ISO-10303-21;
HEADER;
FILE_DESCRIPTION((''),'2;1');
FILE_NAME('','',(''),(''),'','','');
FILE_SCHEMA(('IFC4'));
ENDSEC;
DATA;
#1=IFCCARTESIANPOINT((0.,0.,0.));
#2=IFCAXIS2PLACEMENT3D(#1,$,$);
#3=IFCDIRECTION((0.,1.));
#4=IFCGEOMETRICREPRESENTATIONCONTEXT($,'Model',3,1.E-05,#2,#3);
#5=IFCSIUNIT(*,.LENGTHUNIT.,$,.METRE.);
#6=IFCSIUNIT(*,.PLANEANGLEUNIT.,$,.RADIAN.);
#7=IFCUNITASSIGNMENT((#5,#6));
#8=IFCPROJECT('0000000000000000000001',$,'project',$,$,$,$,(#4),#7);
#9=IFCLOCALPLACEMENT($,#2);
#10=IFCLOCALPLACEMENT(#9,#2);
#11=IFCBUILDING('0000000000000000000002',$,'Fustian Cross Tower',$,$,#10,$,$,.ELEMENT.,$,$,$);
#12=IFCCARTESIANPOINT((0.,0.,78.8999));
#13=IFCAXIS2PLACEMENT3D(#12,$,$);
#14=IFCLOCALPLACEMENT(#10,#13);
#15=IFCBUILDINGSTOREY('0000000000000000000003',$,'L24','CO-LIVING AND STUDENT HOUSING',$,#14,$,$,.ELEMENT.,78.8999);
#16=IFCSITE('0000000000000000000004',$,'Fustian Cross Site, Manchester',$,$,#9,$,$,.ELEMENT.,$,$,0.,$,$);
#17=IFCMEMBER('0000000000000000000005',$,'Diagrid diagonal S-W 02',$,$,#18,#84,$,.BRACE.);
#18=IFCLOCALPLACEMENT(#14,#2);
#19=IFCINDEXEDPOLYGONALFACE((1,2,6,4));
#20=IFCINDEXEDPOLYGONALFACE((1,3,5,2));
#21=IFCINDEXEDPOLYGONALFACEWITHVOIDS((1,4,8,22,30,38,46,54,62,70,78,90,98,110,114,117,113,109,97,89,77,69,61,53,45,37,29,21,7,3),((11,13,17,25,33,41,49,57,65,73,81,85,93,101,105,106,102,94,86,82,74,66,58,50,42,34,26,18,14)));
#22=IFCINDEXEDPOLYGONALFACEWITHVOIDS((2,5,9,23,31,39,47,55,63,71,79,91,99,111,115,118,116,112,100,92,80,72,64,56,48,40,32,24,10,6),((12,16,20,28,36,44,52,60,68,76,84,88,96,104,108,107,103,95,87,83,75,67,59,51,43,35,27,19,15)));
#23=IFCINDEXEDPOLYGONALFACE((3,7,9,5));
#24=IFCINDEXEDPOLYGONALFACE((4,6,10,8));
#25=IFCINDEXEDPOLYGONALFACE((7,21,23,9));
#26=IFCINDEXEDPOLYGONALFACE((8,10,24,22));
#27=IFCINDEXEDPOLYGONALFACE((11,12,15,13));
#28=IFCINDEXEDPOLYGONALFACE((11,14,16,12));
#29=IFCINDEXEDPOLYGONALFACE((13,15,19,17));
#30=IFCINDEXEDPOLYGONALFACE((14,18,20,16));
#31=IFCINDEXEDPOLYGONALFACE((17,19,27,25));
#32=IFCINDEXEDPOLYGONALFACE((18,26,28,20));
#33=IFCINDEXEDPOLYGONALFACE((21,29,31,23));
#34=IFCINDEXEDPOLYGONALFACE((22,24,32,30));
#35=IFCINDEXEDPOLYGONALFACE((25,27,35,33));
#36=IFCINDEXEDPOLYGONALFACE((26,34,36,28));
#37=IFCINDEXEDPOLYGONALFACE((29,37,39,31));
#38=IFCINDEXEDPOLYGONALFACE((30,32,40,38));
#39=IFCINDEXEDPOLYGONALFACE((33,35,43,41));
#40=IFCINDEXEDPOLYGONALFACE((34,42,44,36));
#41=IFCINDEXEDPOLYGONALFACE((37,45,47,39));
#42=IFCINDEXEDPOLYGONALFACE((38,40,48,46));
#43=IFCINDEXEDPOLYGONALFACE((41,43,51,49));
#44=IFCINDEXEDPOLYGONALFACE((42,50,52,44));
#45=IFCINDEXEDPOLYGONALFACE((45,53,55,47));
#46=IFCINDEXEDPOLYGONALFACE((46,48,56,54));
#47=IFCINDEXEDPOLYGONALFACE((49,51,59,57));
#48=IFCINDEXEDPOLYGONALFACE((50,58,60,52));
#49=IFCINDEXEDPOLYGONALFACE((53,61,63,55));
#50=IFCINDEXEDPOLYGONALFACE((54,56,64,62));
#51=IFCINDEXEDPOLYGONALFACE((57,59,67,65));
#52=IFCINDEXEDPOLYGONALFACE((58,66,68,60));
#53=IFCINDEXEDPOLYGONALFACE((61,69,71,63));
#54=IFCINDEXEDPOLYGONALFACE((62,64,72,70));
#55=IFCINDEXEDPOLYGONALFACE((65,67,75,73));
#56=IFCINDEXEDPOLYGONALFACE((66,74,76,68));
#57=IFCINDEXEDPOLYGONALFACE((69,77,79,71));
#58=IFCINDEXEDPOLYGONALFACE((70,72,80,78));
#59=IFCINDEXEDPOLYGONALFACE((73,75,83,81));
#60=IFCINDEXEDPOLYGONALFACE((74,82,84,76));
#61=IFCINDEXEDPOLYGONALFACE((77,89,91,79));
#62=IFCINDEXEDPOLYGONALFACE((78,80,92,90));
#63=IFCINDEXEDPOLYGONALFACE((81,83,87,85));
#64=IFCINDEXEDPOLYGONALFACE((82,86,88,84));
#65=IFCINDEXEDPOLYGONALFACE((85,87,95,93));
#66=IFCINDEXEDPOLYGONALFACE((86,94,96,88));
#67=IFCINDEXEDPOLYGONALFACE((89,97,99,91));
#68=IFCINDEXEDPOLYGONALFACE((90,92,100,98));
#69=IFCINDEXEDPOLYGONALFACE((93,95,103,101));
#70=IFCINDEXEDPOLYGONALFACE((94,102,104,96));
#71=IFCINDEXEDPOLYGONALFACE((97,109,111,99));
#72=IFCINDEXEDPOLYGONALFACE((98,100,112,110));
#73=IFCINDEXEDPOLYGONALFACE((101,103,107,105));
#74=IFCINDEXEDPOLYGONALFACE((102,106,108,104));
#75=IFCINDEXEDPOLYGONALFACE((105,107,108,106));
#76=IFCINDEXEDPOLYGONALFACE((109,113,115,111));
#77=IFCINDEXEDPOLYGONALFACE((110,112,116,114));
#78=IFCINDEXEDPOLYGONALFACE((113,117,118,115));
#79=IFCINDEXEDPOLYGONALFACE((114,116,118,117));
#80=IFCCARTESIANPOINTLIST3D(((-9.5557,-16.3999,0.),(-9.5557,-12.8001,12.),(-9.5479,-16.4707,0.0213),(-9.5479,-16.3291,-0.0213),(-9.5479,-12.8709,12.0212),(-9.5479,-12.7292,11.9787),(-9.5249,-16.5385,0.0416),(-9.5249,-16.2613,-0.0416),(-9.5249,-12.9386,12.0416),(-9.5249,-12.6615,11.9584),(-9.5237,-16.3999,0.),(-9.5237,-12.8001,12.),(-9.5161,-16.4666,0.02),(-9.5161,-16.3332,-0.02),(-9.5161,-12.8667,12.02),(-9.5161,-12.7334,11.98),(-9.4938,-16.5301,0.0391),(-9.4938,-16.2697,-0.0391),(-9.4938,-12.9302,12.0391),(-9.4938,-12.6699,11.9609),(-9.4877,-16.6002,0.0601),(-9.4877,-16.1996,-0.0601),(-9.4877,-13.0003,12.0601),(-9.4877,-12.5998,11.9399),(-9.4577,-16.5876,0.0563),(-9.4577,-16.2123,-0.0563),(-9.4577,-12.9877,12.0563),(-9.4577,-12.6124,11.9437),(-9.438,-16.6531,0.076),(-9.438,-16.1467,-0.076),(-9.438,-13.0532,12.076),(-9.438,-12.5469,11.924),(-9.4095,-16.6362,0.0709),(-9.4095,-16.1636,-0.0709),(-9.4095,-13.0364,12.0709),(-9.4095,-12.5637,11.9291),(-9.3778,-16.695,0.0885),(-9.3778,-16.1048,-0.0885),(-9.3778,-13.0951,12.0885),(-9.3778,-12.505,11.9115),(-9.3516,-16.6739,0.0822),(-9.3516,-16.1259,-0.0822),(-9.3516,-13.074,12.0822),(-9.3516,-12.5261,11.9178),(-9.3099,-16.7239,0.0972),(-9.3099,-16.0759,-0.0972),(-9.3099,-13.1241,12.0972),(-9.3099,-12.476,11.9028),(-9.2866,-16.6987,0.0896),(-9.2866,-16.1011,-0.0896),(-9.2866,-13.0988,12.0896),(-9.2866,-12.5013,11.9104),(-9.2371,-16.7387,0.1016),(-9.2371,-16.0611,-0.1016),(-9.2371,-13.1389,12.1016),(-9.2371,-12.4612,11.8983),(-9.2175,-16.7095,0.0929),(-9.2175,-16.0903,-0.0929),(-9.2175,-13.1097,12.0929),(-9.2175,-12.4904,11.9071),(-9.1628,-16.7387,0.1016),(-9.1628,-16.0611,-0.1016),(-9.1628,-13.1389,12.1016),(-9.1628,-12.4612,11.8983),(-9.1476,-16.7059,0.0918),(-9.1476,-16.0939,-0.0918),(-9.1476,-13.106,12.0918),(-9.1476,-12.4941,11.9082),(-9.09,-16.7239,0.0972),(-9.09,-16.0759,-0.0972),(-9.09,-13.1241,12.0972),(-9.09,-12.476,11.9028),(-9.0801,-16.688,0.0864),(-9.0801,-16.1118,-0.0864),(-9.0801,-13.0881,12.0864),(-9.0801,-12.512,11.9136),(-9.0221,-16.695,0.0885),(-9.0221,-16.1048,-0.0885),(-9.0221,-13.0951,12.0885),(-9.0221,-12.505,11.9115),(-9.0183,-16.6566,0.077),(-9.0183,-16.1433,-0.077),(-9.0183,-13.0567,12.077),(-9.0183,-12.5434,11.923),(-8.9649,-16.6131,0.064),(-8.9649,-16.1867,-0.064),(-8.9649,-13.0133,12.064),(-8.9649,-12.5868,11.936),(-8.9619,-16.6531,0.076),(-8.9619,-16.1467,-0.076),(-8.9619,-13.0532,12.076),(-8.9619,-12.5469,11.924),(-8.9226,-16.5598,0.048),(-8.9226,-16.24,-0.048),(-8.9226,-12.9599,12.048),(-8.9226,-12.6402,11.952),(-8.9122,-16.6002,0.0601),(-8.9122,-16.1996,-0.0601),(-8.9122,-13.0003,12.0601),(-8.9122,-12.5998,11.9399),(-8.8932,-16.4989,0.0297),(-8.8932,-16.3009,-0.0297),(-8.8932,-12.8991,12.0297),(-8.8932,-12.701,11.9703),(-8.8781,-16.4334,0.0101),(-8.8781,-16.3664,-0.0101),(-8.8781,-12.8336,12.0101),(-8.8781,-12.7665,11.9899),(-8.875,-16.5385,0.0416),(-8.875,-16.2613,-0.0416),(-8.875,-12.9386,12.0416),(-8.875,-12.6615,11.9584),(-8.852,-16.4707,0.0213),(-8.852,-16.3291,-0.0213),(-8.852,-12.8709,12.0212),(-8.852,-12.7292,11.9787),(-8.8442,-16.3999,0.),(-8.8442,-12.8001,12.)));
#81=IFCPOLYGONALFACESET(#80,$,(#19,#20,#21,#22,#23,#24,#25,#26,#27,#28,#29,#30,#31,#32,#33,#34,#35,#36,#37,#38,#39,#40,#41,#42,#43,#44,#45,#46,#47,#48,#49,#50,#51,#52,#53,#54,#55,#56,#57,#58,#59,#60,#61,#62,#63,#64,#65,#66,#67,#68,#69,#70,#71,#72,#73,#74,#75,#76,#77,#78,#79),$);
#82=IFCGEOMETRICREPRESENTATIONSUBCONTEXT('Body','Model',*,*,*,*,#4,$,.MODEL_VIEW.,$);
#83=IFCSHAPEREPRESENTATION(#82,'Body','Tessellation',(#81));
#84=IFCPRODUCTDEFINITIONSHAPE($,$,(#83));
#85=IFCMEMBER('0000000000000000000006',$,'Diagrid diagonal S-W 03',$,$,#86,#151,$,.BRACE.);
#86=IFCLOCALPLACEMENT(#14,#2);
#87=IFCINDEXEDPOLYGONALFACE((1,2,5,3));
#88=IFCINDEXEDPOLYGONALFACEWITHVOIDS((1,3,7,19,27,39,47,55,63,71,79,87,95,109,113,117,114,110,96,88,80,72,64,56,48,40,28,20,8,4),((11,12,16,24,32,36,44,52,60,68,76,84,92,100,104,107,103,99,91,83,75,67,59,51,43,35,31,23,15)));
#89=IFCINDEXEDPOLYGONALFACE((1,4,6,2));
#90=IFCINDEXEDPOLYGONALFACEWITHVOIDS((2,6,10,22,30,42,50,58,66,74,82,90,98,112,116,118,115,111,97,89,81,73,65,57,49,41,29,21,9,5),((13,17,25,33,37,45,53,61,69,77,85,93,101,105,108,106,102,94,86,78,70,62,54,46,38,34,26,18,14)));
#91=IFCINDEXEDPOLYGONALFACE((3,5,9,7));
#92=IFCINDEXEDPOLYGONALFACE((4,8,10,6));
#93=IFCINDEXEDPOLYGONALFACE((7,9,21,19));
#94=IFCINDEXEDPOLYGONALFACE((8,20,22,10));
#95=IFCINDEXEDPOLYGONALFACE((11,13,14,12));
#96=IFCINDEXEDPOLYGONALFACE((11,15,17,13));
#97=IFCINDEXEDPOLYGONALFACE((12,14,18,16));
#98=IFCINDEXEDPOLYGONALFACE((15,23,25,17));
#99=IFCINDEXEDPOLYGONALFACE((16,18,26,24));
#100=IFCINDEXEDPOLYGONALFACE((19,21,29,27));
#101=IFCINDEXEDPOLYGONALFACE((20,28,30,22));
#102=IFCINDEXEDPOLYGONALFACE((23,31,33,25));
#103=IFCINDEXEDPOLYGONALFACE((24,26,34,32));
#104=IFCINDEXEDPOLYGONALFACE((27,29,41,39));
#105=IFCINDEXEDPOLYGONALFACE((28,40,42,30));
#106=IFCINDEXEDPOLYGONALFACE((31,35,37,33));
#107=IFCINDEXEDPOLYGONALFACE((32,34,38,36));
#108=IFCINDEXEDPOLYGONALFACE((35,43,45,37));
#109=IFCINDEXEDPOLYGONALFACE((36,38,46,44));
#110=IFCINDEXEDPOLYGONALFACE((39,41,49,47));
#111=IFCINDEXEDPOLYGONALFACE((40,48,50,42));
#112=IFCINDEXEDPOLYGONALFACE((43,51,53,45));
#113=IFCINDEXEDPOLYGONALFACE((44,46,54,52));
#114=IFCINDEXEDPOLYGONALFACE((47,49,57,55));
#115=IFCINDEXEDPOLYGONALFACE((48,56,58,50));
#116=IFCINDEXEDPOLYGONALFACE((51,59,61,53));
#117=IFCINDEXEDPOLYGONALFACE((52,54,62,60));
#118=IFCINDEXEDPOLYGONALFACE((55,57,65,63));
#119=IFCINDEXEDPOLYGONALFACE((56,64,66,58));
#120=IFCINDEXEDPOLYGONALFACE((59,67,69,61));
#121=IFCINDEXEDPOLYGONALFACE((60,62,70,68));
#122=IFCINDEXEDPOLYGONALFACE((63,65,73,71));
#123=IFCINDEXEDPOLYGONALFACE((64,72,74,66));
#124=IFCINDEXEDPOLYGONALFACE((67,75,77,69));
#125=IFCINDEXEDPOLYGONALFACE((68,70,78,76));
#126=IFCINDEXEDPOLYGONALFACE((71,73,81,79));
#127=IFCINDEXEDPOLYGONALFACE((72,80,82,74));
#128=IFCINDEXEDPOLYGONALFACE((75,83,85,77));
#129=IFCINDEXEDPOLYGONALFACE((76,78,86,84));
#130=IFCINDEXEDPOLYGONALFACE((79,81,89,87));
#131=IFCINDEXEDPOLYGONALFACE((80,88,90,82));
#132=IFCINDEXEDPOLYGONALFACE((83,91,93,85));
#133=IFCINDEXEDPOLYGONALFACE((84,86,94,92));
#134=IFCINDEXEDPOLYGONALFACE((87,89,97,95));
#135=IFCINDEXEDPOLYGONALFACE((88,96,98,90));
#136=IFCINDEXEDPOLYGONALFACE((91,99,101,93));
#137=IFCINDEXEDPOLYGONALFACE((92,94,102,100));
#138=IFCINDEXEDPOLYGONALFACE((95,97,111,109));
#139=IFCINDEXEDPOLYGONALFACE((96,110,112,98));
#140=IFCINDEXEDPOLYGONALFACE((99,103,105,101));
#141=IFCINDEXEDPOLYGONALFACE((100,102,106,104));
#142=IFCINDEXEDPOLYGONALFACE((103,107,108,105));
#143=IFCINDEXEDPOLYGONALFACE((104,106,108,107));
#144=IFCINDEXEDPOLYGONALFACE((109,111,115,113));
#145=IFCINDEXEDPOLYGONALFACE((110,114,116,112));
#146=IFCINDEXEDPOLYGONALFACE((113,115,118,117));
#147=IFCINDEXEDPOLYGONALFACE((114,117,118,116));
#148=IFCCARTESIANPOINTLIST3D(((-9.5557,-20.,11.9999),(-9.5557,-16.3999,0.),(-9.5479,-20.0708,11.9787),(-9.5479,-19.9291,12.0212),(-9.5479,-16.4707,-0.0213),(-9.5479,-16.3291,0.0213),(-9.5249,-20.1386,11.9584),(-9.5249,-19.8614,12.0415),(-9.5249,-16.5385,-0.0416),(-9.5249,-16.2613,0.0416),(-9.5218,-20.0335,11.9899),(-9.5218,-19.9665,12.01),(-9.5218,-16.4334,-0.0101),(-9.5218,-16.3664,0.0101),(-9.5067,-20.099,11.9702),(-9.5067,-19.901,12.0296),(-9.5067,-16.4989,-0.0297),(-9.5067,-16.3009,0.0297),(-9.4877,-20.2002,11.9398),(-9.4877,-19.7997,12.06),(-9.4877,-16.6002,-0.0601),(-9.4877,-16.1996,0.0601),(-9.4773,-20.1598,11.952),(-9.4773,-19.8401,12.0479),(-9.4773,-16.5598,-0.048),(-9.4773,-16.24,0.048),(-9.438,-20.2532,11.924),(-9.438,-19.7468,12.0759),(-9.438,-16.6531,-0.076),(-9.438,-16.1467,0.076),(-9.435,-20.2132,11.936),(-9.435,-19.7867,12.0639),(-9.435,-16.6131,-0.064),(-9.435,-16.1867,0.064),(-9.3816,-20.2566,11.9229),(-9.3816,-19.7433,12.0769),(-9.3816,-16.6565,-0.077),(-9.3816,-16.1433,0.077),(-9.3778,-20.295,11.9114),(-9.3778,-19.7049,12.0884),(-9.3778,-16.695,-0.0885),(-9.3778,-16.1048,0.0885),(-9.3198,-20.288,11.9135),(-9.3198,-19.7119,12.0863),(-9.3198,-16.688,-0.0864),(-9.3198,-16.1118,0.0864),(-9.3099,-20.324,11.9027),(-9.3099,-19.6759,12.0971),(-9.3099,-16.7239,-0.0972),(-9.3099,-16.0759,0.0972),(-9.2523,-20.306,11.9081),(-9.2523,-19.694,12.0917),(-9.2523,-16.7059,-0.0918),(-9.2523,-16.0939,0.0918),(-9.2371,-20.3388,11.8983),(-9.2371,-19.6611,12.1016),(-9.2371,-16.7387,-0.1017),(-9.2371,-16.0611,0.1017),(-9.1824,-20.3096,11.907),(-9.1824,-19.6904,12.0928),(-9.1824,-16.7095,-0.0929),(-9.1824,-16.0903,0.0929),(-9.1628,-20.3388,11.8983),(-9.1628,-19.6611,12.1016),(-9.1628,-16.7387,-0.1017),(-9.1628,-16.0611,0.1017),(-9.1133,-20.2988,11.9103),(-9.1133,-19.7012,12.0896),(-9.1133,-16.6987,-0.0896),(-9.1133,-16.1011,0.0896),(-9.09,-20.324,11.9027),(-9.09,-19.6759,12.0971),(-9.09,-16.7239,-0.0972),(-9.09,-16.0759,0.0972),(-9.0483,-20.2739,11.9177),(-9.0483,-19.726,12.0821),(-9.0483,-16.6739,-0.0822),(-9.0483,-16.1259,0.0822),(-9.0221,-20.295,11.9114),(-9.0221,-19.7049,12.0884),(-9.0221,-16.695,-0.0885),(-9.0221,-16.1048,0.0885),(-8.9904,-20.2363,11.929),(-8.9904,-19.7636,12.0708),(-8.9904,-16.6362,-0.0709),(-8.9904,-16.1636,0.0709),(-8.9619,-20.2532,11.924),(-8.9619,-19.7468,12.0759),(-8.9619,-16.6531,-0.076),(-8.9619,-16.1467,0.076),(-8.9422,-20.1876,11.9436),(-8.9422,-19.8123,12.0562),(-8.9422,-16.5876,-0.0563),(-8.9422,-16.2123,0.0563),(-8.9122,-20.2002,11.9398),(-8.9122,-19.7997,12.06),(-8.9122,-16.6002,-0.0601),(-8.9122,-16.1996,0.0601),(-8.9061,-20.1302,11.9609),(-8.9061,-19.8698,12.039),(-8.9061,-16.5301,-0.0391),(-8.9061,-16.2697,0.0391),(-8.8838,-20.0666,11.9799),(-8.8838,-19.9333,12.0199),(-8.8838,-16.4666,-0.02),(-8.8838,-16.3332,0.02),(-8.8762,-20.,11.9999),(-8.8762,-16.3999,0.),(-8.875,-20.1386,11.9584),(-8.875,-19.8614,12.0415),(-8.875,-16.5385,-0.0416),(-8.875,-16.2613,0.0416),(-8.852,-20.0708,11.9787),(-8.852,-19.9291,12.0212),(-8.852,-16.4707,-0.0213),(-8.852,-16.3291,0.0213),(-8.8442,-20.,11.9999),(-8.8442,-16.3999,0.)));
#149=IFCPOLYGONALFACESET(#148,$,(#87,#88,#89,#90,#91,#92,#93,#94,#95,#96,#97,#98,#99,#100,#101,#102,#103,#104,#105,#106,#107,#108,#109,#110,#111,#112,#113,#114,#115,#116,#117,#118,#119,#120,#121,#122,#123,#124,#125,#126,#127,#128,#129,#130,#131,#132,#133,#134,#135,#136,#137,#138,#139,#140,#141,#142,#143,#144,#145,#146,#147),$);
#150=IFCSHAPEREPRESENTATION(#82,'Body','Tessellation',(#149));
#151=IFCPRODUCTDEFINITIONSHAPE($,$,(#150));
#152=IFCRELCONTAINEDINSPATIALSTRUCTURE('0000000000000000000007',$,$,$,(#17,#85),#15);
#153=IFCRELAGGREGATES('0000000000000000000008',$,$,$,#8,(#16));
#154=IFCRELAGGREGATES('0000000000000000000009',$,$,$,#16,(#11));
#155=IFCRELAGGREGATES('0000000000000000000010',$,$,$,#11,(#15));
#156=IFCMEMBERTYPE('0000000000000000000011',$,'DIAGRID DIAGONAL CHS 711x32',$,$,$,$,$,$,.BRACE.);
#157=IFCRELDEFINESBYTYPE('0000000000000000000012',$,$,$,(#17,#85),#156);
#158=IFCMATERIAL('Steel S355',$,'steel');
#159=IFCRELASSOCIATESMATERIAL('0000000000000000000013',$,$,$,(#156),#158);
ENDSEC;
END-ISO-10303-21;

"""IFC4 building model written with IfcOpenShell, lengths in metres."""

from ifc_helpers import new_model, si_unit, direction, frame, origin, origin_2d, place, context, subcontext, project, spatial, hollow_circle, extrude, material, material_profile, profile_set, type_object, element, save


model = new_model("IFC4")

# Units and contexts
model_context = context("Model", 3, precision=1e-05, world=origin(), true_north=direction((0.0, 1.0)))
body_context = subcontext(model_context, "Body", "Model", "MODEL_VIEW")
ifc_project = project(units=[si_unit("LENGTHUNIT", "METRE"), si_unit("PLANEANGLEUNIT", "RADIAN")], contexts=[model_context])

# Site, building, storey
site_placement = place(None, origin())
site = spatial("IfcSite", under=ifc_project, at=site_placement, Name="Fustian Cross Site, Manchester", CompositionType="ELEMENT", RefElevation=0.0)
building_placement = place(site_placement, origin())
building = spatial("IfcBuilding", under=site, at=building_placement, Name="Fustian Cross Tower", CompositionType="ELEMENT")
storey_placement = place(building_placement, frame((0.0, 0.0, 78.8999)))
storey = spatial("IfcBuildingStorey", under=building, at=storey_placement, Name="L24", Description="CO-LIVING AND STUDENT HOUSING", CompositionType="ELEMENT", Elevation=78.8999)

# Members
ifc_material_1 = material(Name="Steel S355", Category="steel")
ifc_material_profile_1 = material_profile(ifc_material_1, hollow_circle(Radius=0.3557, WallThickness=0.032, at=origin_2d()), Name="CHS 711x32")
ifc_profile_set_1 = profile_set([ifc_material_profile_1], Name="Steel S355")
member_type_1 = type_object("IfcMemberType", Name="DIAGRID DIAGONAL CHS 711x32", PredefinedType="BRACE", material=ifc_profile_set_1)
for number, where, z_axis, x_axis, name in (
    (1, (-9.2, -16.3999, 0.0), (0.0, 0.287337, 0.95783), (-1.0, 0.0, 0.0), "Diagrid diagonal S-W 02"),
    (2, (-9.2, -16.3999, 0.0), (0.0, -0.287355, 0.957824), (1.0, 0.0, 0.0), "Diagrid diagonal S-W 03"),
):
    element("IfcMember", number, at=place(storey_placement, frame(where, z_axis=z_axis, x_axis=x_axis)), inside=storey, type_object=member_type_1, Name=name, PredefinedType="BRACE", context=body_context, shape_type="SweptSolid", body=[
        extrude(hollow_circle(Radius=0.3557, WallThickness=0.032, at=origin_2d()), origin(), (0.0, 0.0, 1.0), 12.5283),
    ])

save(model, "model.ifc")
